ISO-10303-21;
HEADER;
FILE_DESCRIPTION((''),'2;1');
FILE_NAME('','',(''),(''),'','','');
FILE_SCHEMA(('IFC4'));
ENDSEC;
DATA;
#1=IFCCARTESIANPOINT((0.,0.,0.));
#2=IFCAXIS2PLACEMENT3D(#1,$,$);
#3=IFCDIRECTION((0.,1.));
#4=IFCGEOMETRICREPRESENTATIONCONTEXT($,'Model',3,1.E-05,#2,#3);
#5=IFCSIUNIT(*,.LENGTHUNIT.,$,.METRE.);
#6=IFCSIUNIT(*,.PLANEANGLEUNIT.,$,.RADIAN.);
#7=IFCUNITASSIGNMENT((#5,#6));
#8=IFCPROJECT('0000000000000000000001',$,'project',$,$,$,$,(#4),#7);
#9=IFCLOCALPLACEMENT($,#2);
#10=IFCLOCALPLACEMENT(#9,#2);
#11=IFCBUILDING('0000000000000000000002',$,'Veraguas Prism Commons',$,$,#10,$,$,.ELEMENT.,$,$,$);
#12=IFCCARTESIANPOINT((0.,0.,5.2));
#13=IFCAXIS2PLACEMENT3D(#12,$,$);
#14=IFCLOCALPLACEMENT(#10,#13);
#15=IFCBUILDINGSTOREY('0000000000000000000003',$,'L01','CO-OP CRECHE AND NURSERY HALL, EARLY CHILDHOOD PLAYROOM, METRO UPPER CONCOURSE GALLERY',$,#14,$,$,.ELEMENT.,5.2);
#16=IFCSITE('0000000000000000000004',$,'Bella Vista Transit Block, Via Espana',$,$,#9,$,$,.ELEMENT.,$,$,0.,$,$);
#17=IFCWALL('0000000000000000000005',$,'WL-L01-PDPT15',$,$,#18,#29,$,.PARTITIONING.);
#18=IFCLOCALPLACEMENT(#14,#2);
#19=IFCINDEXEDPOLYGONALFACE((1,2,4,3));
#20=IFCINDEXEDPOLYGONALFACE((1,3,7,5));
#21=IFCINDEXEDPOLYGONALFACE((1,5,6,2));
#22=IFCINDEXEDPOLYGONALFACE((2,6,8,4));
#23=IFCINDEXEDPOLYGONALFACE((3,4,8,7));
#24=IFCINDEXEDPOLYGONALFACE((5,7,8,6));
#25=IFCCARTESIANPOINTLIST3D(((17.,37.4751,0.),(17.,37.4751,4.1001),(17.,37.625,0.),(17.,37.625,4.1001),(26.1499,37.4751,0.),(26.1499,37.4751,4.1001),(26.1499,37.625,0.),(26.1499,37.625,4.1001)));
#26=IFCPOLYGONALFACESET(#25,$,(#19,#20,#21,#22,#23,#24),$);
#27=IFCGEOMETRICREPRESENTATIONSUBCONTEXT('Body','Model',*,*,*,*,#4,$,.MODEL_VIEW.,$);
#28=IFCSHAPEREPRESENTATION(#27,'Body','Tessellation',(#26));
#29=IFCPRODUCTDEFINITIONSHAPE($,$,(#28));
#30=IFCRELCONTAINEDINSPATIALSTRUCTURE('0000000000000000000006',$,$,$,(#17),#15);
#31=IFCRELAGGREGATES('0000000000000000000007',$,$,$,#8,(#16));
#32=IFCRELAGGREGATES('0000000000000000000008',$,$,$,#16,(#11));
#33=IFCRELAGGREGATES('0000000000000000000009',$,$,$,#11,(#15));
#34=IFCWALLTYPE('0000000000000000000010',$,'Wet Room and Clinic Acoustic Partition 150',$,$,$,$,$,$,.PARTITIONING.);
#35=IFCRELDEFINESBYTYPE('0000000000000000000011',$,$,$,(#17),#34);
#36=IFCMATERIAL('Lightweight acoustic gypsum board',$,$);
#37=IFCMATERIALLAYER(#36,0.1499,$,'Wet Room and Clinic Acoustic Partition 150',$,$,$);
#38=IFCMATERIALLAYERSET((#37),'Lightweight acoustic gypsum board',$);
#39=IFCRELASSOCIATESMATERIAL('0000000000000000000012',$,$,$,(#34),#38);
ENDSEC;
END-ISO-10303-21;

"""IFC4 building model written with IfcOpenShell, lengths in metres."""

from ifc_helpers import new_model, si_unit, direction, frame, frame_2d, origin, place, context, subcontext, project, spatial, rectangle, extrude, material, layer, layer_set, type_object, element, save


model = new_model("IFC4")

# Units and contexts
model_context = context("Model", 3, precision=1e-05, world=origin(), true_north=direction((0.0, 1.0)))
body_context = subcontext(model_context, "Body", "Model", "MODEL_VIEW")
ifc_project = project(units=[si_unit("LENGTHUNIT", "METRE"), si_unit("PLANEANGLEUNIT", "RADIAN")], contexts=[model_context])

# Site, building, storey
site_placement = place(None, origin())
site = spatial("IfcSite", under=ifc_project, at=site_placement, Name="Bella Vista Transit Block, Via Espana", CompositionType="ELEMENT", RefElevation=0.0)
building_placement = place(site_placement, origin())
building = spatial("IfcBuilding", under=site, at=building_placement, Name="Veraguas Prism Commons", CompositionType="ELEMENT")
storey_placement = place(building_placement, frame((0.0, 0.0, 5.2)))
storey = spatial("IfcBuildingStorey", under=building, at=storey_placement, Name="L01", Description="CO-OP CRECHE AND NURSERY HALL, EARLY CHILDHOOD PLAYROOM, METRO UPPER CONCOURSE GALLERY", CompositionType="ELEMENT", Elevation=5.2)

# Shared definitions
ifc_material_1 = material(Name="Lightweight acoustic gypsum board")
ifc_layer_1 = layer(ifc_material_1, 0.1499, Name="Wet Room and Clinic Acoustic Partition 150")
ifc_layer_set_1 = layer_set([ifc_layer_1], Name="Lightweight acoustic gypsum board")
wall_type_1 = type_object("IfcWallType", Name="Wet Room and Clinic Acoustic Partition 150", PredefinedType="PARTITIONING", material=ifc_layer_set_1)

# Wall
wall_1_placement = place(storey_placement, frame((17.0, 37.55, 0.0), z_axis=(0.0, 0.0, 1.0), x_axis=(1.0, 0.0, 0.0)))
element("IfcWall", 1, at=wall_1_placement, inside=storey, type_object=wall_type_1, Name="WL-L01-PDPT15", PredefinedType="PARTITIONING", context=body_context, shape_type="SweptSolid", body=[
    extrude(rectangle(XDim=9.1499, YDim=0.1499, at=frame_2d((4.575, 0.0))), origin(), (0.0, 0.0, 1.0), 4.1001),
])

save(model, "model.ifc")
